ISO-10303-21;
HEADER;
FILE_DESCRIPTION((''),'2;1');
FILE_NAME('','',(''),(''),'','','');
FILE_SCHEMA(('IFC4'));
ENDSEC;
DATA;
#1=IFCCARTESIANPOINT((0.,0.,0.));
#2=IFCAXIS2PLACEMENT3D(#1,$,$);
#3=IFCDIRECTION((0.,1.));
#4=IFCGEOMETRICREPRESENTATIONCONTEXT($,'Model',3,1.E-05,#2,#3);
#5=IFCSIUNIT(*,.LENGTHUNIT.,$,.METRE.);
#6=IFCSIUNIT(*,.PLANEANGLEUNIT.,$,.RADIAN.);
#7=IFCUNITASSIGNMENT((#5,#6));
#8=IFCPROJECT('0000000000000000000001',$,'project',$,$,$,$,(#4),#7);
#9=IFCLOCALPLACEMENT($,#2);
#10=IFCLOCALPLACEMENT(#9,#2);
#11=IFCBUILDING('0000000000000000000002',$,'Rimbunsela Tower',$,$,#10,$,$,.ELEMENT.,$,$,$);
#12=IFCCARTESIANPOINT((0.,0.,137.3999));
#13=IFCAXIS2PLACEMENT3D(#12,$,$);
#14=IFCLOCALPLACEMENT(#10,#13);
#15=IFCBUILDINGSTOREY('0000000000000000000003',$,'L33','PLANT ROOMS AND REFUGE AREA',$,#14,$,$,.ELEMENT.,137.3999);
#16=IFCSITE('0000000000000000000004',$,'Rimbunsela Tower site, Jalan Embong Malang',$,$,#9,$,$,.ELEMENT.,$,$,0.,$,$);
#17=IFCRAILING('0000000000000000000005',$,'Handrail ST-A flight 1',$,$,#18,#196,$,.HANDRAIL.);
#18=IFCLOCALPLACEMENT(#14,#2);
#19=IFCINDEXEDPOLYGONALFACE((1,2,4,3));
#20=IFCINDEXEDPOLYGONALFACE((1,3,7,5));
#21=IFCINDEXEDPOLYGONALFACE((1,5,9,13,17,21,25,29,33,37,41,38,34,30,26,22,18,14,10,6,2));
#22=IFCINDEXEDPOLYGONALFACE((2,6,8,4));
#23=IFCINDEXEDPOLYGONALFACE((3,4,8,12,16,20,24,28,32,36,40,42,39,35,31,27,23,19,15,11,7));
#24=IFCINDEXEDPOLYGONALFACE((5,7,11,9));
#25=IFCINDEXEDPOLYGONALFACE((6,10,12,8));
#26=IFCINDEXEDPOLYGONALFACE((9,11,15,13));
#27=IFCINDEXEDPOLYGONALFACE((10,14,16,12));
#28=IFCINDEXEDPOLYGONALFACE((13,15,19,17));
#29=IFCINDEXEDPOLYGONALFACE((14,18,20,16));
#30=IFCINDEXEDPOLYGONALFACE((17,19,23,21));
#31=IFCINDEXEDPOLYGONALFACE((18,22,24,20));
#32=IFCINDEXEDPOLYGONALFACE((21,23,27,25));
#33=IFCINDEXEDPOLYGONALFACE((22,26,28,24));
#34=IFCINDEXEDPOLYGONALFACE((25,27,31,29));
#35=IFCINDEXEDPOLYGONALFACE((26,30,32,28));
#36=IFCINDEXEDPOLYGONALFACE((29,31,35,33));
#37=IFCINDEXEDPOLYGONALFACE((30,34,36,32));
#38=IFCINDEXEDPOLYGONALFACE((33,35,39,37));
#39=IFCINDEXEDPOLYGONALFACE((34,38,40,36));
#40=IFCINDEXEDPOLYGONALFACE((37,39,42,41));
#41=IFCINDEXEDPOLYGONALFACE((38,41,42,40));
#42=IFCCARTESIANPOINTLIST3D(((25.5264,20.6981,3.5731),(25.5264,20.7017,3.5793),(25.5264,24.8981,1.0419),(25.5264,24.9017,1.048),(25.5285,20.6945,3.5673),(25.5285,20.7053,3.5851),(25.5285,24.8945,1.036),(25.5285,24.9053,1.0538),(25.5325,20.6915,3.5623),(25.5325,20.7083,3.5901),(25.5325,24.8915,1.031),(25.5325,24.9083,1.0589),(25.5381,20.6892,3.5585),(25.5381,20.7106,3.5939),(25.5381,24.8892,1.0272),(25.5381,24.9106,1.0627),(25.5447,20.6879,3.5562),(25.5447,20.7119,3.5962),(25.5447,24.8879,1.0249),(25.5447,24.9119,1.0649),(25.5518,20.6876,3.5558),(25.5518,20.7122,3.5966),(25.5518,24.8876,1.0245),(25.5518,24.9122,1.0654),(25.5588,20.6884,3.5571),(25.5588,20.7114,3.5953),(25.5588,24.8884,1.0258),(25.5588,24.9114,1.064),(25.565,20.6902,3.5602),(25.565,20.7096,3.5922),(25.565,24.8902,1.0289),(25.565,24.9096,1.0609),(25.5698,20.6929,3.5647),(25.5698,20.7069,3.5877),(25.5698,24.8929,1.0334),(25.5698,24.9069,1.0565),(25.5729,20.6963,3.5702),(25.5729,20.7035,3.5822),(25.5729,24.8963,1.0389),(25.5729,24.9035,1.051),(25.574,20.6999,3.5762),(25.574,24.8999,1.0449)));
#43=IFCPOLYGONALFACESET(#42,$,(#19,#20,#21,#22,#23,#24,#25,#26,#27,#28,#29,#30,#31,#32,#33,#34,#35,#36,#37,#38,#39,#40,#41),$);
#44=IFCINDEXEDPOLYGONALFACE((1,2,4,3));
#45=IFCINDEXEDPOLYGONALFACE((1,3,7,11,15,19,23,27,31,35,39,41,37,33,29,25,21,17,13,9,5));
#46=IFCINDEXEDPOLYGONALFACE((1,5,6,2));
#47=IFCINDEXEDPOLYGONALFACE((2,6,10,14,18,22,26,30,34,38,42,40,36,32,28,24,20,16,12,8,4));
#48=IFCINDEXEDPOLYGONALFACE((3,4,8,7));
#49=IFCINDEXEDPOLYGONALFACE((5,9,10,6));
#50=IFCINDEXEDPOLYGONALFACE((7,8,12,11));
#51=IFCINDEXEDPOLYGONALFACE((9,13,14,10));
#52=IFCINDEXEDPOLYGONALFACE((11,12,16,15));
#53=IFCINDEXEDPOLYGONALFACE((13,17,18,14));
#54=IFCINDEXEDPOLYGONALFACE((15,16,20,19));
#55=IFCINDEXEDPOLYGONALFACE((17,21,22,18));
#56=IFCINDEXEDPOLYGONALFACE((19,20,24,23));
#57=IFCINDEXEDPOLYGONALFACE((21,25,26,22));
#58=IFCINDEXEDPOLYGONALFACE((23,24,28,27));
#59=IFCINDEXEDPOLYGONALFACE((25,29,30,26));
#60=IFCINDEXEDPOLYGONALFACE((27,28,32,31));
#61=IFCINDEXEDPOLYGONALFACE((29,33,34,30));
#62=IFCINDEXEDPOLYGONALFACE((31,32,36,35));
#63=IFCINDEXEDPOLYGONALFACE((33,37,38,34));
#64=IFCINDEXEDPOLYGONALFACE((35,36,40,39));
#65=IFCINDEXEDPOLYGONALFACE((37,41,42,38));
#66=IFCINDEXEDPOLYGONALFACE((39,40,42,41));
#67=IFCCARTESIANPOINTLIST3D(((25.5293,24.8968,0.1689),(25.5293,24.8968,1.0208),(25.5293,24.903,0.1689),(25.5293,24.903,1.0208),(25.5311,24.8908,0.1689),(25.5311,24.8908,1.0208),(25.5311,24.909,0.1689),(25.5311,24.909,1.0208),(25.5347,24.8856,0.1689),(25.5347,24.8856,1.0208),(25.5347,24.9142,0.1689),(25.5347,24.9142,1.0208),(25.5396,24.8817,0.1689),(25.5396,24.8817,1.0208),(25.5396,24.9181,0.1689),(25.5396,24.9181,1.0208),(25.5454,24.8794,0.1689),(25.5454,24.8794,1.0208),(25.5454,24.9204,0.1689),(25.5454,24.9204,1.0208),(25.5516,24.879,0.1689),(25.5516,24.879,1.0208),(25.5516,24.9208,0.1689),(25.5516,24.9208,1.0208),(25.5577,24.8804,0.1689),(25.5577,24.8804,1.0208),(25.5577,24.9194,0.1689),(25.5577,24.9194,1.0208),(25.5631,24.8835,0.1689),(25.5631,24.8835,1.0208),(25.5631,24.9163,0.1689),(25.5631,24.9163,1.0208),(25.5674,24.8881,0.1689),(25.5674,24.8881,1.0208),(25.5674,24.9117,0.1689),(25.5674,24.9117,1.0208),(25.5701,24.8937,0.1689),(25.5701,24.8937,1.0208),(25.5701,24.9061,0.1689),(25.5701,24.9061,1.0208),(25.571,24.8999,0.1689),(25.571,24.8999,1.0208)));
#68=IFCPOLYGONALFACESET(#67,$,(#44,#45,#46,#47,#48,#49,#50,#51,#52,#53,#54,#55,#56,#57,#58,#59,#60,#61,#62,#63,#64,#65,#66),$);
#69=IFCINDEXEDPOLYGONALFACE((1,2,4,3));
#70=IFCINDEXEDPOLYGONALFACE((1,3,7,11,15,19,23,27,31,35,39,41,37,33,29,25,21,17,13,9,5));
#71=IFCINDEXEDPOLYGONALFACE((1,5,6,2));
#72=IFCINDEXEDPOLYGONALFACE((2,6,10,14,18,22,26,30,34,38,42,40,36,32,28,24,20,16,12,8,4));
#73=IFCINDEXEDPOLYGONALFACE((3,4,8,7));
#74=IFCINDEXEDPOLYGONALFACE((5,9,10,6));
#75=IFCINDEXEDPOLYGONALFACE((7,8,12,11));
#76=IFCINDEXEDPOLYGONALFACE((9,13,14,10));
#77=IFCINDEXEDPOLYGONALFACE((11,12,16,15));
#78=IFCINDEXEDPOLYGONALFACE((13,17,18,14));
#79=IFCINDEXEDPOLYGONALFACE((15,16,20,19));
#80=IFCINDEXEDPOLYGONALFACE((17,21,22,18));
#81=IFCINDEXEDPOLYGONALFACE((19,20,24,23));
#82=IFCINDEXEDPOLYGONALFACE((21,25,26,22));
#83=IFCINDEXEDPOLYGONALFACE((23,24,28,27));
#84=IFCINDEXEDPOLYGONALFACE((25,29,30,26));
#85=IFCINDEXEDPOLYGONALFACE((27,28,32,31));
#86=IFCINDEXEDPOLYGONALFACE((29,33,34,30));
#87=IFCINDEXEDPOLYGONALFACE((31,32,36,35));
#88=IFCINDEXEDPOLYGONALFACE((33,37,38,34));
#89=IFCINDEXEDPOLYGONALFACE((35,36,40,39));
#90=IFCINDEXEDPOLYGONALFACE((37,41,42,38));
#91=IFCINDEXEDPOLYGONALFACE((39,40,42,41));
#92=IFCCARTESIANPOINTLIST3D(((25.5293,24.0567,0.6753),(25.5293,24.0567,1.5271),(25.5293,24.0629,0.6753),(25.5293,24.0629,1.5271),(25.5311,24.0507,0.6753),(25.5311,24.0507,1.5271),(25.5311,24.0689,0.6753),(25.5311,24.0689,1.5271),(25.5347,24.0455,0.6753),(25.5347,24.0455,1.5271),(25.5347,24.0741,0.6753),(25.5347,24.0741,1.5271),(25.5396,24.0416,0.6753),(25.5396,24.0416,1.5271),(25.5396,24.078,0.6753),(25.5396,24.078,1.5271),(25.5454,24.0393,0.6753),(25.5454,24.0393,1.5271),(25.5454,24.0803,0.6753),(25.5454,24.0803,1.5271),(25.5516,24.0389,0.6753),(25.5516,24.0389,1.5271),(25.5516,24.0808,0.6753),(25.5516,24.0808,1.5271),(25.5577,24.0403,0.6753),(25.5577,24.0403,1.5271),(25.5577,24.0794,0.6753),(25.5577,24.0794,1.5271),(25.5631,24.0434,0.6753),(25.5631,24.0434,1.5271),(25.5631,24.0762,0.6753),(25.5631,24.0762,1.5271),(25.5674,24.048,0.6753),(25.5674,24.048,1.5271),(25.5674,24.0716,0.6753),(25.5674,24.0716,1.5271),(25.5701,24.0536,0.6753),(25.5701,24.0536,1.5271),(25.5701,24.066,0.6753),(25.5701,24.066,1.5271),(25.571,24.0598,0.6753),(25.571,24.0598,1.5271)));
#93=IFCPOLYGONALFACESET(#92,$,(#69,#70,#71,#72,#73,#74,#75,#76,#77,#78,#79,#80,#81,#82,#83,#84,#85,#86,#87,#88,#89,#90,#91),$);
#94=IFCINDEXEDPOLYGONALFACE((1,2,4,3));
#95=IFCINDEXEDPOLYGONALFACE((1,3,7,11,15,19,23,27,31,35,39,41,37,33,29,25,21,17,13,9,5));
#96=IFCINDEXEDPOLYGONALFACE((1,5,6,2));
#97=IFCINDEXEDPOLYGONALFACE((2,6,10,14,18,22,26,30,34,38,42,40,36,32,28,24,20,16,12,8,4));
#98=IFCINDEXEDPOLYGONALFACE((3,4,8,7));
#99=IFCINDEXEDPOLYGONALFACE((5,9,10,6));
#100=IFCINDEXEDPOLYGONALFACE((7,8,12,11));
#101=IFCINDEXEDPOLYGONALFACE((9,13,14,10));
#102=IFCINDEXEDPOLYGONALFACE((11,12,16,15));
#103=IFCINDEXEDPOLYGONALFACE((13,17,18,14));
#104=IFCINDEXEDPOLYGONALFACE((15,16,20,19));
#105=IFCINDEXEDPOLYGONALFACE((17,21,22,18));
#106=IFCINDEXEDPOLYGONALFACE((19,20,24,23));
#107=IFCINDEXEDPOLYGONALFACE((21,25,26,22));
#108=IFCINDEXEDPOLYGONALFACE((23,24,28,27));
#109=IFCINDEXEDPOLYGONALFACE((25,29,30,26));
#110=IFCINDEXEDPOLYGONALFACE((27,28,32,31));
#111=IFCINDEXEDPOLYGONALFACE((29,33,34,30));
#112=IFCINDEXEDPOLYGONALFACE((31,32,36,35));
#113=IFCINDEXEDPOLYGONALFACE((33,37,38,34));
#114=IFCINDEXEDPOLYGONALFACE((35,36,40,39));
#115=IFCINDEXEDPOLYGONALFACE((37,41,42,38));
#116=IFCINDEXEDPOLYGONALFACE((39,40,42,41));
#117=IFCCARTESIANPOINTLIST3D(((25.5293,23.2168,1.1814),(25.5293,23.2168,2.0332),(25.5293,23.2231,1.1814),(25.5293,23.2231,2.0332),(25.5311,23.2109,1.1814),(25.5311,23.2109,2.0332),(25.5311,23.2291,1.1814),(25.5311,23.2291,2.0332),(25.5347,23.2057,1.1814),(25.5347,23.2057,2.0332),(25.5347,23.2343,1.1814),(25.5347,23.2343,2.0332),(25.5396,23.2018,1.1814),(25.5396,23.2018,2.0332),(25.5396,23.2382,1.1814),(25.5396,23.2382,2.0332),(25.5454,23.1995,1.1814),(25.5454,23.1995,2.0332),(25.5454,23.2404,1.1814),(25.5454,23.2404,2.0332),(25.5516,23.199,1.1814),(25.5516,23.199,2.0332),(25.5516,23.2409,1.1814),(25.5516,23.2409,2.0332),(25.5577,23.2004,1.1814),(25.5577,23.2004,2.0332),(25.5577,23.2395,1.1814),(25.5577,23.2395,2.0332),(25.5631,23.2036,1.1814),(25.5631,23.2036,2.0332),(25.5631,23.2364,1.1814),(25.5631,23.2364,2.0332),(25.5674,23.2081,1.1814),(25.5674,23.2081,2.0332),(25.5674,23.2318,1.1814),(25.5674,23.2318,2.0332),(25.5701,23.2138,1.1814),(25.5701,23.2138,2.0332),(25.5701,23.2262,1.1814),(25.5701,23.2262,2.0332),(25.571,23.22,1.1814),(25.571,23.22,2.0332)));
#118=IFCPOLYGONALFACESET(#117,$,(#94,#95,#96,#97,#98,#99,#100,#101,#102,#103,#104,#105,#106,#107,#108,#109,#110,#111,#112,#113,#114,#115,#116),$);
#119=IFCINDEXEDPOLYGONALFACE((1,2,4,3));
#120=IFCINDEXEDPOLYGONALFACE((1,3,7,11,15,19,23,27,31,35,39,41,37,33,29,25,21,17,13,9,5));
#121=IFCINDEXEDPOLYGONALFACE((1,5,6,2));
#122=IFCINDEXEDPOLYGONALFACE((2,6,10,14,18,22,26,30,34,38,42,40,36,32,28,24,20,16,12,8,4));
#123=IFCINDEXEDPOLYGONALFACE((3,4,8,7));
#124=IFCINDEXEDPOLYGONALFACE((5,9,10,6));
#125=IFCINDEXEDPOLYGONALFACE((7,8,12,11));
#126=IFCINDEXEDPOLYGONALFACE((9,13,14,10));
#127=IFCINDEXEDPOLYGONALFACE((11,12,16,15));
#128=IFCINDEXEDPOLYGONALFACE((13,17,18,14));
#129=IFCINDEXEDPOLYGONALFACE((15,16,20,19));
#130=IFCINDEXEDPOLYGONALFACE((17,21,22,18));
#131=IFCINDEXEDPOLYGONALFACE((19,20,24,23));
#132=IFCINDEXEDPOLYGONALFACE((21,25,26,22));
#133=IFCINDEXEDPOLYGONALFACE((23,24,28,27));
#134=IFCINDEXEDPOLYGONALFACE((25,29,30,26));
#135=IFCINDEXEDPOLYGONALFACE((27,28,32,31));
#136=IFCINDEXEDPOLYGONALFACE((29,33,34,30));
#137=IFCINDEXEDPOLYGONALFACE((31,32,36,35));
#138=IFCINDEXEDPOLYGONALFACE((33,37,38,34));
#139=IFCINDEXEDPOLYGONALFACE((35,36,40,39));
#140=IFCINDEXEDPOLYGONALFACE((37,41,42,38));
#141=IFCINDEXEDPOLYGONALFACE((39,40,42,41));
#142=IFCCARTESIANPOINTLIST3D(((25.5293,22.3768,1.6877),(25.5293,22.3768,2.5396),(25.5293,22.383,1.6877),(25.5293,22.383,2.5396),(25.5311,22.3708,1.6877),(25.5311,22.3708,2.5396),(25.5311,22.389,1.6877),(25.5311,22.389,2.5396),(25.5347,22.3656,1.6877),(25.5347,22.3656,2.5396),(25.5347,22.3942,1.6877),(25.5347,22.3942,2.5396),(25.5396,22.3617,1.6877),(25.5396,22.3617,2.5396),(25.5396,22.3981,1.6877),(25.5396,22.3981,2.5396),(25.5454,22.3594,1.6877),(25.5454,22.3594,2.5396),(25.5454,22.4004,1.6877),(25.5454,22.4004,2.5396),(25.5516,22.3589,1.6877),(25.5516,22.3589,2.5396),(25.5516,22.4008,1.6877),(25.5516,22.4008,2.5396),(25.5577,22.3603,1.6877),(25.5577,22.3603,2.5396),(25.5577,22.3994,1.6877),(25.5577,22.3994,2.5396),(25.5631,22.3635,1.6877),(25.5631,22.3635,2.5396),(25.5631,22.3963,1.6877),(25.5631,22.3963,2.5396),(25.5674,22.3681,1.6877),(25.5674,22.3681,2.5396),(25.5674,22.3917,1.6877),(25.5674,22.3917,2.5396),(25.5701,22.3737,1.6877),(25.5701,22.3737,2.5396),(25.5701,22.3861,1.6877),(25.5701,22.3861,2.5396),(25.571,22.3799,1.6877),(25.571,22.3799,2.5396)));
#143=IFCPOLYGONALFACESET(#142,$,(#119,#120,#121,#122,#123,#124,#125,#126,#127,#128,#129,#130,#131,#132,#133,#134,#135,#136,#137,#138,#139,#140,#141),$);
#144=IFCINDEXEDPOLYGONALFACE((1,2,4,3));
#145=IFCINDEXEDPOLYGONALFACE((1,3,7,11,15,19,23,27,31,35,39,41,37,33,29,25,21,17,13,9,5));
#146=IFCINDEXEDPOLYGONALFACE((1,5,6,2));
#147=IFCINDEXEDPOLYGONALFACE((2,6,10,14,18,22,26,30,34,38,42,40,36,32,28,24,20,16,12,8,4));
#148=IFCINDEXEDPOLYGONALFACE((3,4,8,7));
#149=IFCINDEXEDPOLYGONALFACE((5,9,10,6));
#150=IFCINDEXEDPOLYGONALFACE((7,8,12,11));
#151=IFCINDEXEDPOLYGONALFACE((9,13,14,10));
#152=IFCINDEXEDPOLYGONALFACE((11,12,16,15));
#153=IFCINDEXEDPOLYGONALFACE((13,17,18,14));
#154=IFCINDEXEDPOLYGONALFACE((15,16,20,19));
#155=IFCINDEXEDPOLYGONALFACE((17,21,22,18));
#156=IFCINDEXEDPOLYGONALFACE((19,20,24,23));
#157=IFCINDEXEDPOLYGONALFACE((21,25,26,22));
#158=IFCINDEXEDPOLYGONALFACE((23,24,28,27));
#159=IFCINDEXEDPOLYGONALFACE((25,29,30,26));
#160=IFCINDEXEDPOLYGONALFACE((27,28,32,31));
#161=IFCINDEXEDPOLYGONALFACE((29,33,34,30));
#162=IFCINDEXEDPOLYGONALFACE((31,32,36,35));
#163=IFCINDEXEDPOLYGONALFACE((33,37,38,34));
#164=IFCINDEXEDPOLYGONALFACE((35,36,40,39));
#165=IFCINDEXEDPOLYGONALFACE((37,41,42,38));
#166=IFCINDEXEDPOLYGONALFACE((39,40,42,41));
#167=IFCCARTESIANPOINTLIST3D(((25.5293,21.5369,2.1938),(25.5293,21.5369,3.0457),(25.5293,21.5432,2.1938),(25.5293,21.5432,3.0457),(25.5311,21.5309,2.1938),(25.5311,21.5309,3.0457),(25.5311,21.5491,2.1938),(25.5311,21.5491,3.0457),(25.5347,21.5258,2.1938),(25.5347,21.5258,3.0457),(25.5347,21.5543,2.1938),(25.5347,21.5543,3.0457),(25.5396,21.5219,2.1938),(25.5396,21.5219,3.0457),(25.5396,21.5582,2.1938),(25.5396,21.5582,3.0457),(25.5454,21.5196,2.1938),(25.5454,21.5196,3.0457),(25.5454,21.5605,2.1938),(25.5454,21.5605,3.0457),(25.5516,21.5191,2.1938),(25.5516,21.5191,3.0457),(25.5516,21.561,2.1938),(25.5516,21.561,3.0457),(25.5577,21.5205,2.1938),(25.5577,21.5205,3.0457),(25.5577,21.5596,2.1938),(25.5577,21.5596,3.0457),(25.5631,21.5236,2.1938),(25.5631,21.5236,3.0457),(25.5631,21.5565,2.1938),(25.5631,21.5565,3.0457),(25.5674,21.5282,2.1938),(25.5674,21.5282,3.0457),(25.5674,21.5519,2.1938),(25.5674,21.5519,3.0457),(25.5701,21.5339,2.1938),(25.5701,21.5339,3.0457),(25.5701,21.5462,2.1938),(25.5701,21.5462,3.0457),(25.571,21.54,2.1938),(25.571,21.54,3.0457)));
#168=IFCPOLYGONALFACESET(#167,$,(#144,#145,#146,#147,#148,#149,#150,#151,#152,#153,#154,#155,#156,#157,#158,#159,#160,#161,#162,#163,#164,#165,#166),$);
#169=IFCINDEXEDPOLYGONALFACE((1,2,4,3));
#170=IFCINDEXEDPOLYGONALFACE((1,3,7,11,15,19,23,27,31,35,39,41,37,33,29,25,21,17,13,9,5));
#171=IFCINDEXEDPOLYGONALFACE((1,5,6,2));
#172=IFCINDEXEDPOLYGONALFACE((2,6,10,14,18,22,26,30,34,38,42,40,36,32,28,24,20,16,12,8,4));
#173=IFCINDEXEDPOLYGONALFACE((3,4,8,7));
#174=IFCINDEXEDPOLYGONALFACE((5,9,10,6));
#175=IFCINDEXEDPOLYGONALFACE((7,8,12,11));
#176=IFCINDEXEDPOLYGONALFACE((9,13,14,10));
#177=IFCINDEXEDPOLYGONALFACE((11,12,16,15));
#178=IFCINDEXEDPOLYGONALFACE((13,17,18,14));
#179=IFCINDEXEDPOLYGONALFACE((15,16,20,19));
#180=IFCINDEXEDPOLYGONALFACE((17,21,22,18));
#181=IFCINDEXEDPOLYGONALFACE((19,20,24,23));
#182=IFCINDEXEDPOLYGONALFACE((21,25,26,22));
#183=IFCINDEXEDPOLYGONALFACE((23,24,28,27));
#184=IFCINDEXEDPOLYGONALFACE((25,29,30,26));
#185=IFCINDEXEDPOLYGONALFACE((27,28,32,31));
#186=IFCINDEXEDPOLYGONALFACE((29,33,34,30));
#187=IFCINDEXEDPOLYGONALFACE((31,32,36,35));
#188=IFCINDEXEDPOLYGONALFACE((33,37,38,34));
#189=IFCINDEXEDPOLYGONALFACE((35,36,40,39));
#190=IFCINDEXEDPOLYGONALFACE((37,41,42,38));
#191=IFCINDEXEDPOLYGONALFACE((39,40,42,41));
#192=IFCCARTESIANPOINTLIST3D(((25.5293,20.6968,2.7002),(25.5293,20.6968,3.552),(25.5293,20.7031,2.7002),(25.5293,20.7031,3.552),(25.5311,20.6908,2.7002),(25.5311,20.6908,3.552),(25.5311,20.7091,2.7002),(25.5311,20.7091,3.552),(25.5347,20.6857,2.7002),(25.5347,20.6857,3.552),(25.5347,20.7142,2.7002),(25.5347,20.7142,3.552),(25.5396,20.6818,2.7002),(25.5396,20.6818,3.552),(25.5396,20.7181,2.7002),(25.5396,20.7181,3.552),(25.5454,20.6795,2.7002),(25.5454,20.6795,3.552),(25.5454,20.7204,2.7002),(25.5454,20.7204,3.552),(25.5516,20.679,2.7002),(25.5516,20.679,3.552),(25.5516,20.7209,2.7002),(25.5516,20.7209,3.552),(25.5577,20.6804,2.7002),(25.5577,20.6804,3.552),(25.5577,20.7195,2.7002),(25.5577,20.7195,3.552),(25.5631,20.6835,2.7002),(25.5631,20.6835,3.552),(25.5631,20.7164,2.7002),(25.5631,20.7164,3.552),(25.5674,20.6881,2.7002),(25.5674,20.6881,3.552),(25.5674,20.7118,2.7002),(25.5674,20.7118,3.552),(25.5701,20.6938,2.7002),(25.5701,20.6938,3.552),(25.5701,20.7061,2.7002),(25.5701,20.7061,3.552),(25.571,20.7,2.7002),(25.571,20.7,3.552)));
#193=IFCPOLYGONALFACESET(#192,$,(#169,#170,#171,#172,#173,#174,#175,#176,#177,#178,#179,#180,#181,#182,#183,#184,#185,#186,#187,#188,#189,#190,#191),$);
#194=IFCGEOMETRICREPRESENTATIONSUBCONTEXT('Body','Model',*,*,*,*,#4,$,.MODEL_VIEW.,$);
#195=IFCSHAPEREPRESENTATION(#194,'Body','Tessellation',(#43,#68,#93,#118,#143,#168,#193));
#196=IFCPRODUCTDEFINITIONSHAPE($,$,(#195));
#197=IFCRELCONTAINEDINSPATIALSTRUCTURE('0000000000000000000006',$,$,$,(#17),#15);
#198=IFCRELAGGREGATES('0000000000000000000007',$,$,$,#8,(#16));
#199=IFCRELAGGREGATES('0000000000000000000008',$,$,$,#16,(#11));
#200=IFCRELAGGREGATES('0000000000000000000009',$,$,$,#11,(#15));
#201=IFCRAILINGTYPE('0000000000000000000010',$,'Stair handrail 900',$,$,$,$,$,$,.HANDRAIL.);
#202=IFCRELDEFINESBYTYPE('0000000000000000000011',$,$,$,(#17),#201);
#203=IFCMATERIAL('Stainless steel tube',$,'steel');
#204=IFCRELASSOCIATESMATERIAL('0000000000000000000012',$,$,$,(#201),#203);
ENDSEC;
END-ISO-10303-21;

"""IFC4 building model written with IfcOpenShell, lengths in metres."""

from ifc_helpers import new_model, si_unit, direction, frame, origin, origin_2d, place, context, subcontext, project, spatial, circle, extrude, material, type_object, element, save


model = new_model("IFC4")

# Units and contexts
model_context = context("Model", 3, precision=1e-05, world=origin(), true_north=direction((0.0, 1.0)))
body_context = subcontext(model_context, "Body", "Model", "MODEL_VIEW")
ifc_project = project(units=[si_unit("LENGTHUNIT", "METRE"), si_unit("PLANEANGLEUNIT", "RADIAN")], contexts=[model_context])

# Site, building, storey
site_placement = place(None, origin())
site = spatial("IfcSite", under=ifc_project, at=site_placement, Name="Rimbunsela Tower site, Jalan Embong Malang", CompositionType="ELEMENT", RefElevation=0.0)
building_placement = place(site_placement, origin())
building = spatial("IfcBuilding", under=site, at=building_placement, Name="Rimbunsela Tower", CompositionType="ELEMENT")
storey_placement = place(building_placement, frame((0.0, 0.0, 137.3999)))
storey = spatial("IfcBuildingStorey", under=building, at=storey_placement, Name="L33", Description="PLANT ROOMS AND REFUGE AREA", CompositionType="ELEMENT", Elevation=137.3999)

# Railing
ifc_material_1 = material(Name="Stainless steel tube", Category="steel")
railing_type = type_object("IfcRailingType", Name="Stair handrail 900", PredefinedType="HANDRAIL", material=ifc_material_1)
railing_placement = place(storey_placement, frame((25.55, 24.8999, 0.1689)))
element("IfcRailing", 1, at=railing_placement, inside=storey, type_object=railing_type, Name="Handrail ST-A flight 1", PredefinedType="HANDRAIL", context=body_context, shape_type="SweptSolid", body=[
    extrude(circle(Radius=0.0239, at=origin_2d()), frame((0.0, 0.0, 0.876), z_axis=(0.0, -0.856476, 0.516186), x_axis=(1.0, 0.0, 0.0)), (0.0, 0.0, 1.0), 4.9038),
    extrude(circle(Radius=0.021, at=origin_2d()), origin(), (0.0, 0.0, 1.0), 0.8518),
    extrude(circle(Radius=0.021, at=origin_2d()), frame((0.0, -0.8401, 0.5063)), (0.0, 0.0, 1.0), 0.8518),
    extrude(circle(Radius=0.021, at=origin_2d()), frame((0.0, -1.6799, 1.0125)), (0.0, 0.0, 1.0), 0.8518),
    extrude(circle(Radius=0.021, at=origin_2d()), frame((0.0, -2.52, 1.5188)), (0.0, 0.0, 1.0), 0.8518),
    extrude(circle(Radius=0.021, at=origin_2d()), frame((0.0, -3.3599, 2.0249)), (0.0, 0.0, 1.0), 0.8518),
    extrude(circle(Radius=0.021, at=origin_2d()), frame((0.0, -4.2, 2.5312)), (0.0, 0.0, 1.0), 0.8518),
])

save(model, "model.ifc")
